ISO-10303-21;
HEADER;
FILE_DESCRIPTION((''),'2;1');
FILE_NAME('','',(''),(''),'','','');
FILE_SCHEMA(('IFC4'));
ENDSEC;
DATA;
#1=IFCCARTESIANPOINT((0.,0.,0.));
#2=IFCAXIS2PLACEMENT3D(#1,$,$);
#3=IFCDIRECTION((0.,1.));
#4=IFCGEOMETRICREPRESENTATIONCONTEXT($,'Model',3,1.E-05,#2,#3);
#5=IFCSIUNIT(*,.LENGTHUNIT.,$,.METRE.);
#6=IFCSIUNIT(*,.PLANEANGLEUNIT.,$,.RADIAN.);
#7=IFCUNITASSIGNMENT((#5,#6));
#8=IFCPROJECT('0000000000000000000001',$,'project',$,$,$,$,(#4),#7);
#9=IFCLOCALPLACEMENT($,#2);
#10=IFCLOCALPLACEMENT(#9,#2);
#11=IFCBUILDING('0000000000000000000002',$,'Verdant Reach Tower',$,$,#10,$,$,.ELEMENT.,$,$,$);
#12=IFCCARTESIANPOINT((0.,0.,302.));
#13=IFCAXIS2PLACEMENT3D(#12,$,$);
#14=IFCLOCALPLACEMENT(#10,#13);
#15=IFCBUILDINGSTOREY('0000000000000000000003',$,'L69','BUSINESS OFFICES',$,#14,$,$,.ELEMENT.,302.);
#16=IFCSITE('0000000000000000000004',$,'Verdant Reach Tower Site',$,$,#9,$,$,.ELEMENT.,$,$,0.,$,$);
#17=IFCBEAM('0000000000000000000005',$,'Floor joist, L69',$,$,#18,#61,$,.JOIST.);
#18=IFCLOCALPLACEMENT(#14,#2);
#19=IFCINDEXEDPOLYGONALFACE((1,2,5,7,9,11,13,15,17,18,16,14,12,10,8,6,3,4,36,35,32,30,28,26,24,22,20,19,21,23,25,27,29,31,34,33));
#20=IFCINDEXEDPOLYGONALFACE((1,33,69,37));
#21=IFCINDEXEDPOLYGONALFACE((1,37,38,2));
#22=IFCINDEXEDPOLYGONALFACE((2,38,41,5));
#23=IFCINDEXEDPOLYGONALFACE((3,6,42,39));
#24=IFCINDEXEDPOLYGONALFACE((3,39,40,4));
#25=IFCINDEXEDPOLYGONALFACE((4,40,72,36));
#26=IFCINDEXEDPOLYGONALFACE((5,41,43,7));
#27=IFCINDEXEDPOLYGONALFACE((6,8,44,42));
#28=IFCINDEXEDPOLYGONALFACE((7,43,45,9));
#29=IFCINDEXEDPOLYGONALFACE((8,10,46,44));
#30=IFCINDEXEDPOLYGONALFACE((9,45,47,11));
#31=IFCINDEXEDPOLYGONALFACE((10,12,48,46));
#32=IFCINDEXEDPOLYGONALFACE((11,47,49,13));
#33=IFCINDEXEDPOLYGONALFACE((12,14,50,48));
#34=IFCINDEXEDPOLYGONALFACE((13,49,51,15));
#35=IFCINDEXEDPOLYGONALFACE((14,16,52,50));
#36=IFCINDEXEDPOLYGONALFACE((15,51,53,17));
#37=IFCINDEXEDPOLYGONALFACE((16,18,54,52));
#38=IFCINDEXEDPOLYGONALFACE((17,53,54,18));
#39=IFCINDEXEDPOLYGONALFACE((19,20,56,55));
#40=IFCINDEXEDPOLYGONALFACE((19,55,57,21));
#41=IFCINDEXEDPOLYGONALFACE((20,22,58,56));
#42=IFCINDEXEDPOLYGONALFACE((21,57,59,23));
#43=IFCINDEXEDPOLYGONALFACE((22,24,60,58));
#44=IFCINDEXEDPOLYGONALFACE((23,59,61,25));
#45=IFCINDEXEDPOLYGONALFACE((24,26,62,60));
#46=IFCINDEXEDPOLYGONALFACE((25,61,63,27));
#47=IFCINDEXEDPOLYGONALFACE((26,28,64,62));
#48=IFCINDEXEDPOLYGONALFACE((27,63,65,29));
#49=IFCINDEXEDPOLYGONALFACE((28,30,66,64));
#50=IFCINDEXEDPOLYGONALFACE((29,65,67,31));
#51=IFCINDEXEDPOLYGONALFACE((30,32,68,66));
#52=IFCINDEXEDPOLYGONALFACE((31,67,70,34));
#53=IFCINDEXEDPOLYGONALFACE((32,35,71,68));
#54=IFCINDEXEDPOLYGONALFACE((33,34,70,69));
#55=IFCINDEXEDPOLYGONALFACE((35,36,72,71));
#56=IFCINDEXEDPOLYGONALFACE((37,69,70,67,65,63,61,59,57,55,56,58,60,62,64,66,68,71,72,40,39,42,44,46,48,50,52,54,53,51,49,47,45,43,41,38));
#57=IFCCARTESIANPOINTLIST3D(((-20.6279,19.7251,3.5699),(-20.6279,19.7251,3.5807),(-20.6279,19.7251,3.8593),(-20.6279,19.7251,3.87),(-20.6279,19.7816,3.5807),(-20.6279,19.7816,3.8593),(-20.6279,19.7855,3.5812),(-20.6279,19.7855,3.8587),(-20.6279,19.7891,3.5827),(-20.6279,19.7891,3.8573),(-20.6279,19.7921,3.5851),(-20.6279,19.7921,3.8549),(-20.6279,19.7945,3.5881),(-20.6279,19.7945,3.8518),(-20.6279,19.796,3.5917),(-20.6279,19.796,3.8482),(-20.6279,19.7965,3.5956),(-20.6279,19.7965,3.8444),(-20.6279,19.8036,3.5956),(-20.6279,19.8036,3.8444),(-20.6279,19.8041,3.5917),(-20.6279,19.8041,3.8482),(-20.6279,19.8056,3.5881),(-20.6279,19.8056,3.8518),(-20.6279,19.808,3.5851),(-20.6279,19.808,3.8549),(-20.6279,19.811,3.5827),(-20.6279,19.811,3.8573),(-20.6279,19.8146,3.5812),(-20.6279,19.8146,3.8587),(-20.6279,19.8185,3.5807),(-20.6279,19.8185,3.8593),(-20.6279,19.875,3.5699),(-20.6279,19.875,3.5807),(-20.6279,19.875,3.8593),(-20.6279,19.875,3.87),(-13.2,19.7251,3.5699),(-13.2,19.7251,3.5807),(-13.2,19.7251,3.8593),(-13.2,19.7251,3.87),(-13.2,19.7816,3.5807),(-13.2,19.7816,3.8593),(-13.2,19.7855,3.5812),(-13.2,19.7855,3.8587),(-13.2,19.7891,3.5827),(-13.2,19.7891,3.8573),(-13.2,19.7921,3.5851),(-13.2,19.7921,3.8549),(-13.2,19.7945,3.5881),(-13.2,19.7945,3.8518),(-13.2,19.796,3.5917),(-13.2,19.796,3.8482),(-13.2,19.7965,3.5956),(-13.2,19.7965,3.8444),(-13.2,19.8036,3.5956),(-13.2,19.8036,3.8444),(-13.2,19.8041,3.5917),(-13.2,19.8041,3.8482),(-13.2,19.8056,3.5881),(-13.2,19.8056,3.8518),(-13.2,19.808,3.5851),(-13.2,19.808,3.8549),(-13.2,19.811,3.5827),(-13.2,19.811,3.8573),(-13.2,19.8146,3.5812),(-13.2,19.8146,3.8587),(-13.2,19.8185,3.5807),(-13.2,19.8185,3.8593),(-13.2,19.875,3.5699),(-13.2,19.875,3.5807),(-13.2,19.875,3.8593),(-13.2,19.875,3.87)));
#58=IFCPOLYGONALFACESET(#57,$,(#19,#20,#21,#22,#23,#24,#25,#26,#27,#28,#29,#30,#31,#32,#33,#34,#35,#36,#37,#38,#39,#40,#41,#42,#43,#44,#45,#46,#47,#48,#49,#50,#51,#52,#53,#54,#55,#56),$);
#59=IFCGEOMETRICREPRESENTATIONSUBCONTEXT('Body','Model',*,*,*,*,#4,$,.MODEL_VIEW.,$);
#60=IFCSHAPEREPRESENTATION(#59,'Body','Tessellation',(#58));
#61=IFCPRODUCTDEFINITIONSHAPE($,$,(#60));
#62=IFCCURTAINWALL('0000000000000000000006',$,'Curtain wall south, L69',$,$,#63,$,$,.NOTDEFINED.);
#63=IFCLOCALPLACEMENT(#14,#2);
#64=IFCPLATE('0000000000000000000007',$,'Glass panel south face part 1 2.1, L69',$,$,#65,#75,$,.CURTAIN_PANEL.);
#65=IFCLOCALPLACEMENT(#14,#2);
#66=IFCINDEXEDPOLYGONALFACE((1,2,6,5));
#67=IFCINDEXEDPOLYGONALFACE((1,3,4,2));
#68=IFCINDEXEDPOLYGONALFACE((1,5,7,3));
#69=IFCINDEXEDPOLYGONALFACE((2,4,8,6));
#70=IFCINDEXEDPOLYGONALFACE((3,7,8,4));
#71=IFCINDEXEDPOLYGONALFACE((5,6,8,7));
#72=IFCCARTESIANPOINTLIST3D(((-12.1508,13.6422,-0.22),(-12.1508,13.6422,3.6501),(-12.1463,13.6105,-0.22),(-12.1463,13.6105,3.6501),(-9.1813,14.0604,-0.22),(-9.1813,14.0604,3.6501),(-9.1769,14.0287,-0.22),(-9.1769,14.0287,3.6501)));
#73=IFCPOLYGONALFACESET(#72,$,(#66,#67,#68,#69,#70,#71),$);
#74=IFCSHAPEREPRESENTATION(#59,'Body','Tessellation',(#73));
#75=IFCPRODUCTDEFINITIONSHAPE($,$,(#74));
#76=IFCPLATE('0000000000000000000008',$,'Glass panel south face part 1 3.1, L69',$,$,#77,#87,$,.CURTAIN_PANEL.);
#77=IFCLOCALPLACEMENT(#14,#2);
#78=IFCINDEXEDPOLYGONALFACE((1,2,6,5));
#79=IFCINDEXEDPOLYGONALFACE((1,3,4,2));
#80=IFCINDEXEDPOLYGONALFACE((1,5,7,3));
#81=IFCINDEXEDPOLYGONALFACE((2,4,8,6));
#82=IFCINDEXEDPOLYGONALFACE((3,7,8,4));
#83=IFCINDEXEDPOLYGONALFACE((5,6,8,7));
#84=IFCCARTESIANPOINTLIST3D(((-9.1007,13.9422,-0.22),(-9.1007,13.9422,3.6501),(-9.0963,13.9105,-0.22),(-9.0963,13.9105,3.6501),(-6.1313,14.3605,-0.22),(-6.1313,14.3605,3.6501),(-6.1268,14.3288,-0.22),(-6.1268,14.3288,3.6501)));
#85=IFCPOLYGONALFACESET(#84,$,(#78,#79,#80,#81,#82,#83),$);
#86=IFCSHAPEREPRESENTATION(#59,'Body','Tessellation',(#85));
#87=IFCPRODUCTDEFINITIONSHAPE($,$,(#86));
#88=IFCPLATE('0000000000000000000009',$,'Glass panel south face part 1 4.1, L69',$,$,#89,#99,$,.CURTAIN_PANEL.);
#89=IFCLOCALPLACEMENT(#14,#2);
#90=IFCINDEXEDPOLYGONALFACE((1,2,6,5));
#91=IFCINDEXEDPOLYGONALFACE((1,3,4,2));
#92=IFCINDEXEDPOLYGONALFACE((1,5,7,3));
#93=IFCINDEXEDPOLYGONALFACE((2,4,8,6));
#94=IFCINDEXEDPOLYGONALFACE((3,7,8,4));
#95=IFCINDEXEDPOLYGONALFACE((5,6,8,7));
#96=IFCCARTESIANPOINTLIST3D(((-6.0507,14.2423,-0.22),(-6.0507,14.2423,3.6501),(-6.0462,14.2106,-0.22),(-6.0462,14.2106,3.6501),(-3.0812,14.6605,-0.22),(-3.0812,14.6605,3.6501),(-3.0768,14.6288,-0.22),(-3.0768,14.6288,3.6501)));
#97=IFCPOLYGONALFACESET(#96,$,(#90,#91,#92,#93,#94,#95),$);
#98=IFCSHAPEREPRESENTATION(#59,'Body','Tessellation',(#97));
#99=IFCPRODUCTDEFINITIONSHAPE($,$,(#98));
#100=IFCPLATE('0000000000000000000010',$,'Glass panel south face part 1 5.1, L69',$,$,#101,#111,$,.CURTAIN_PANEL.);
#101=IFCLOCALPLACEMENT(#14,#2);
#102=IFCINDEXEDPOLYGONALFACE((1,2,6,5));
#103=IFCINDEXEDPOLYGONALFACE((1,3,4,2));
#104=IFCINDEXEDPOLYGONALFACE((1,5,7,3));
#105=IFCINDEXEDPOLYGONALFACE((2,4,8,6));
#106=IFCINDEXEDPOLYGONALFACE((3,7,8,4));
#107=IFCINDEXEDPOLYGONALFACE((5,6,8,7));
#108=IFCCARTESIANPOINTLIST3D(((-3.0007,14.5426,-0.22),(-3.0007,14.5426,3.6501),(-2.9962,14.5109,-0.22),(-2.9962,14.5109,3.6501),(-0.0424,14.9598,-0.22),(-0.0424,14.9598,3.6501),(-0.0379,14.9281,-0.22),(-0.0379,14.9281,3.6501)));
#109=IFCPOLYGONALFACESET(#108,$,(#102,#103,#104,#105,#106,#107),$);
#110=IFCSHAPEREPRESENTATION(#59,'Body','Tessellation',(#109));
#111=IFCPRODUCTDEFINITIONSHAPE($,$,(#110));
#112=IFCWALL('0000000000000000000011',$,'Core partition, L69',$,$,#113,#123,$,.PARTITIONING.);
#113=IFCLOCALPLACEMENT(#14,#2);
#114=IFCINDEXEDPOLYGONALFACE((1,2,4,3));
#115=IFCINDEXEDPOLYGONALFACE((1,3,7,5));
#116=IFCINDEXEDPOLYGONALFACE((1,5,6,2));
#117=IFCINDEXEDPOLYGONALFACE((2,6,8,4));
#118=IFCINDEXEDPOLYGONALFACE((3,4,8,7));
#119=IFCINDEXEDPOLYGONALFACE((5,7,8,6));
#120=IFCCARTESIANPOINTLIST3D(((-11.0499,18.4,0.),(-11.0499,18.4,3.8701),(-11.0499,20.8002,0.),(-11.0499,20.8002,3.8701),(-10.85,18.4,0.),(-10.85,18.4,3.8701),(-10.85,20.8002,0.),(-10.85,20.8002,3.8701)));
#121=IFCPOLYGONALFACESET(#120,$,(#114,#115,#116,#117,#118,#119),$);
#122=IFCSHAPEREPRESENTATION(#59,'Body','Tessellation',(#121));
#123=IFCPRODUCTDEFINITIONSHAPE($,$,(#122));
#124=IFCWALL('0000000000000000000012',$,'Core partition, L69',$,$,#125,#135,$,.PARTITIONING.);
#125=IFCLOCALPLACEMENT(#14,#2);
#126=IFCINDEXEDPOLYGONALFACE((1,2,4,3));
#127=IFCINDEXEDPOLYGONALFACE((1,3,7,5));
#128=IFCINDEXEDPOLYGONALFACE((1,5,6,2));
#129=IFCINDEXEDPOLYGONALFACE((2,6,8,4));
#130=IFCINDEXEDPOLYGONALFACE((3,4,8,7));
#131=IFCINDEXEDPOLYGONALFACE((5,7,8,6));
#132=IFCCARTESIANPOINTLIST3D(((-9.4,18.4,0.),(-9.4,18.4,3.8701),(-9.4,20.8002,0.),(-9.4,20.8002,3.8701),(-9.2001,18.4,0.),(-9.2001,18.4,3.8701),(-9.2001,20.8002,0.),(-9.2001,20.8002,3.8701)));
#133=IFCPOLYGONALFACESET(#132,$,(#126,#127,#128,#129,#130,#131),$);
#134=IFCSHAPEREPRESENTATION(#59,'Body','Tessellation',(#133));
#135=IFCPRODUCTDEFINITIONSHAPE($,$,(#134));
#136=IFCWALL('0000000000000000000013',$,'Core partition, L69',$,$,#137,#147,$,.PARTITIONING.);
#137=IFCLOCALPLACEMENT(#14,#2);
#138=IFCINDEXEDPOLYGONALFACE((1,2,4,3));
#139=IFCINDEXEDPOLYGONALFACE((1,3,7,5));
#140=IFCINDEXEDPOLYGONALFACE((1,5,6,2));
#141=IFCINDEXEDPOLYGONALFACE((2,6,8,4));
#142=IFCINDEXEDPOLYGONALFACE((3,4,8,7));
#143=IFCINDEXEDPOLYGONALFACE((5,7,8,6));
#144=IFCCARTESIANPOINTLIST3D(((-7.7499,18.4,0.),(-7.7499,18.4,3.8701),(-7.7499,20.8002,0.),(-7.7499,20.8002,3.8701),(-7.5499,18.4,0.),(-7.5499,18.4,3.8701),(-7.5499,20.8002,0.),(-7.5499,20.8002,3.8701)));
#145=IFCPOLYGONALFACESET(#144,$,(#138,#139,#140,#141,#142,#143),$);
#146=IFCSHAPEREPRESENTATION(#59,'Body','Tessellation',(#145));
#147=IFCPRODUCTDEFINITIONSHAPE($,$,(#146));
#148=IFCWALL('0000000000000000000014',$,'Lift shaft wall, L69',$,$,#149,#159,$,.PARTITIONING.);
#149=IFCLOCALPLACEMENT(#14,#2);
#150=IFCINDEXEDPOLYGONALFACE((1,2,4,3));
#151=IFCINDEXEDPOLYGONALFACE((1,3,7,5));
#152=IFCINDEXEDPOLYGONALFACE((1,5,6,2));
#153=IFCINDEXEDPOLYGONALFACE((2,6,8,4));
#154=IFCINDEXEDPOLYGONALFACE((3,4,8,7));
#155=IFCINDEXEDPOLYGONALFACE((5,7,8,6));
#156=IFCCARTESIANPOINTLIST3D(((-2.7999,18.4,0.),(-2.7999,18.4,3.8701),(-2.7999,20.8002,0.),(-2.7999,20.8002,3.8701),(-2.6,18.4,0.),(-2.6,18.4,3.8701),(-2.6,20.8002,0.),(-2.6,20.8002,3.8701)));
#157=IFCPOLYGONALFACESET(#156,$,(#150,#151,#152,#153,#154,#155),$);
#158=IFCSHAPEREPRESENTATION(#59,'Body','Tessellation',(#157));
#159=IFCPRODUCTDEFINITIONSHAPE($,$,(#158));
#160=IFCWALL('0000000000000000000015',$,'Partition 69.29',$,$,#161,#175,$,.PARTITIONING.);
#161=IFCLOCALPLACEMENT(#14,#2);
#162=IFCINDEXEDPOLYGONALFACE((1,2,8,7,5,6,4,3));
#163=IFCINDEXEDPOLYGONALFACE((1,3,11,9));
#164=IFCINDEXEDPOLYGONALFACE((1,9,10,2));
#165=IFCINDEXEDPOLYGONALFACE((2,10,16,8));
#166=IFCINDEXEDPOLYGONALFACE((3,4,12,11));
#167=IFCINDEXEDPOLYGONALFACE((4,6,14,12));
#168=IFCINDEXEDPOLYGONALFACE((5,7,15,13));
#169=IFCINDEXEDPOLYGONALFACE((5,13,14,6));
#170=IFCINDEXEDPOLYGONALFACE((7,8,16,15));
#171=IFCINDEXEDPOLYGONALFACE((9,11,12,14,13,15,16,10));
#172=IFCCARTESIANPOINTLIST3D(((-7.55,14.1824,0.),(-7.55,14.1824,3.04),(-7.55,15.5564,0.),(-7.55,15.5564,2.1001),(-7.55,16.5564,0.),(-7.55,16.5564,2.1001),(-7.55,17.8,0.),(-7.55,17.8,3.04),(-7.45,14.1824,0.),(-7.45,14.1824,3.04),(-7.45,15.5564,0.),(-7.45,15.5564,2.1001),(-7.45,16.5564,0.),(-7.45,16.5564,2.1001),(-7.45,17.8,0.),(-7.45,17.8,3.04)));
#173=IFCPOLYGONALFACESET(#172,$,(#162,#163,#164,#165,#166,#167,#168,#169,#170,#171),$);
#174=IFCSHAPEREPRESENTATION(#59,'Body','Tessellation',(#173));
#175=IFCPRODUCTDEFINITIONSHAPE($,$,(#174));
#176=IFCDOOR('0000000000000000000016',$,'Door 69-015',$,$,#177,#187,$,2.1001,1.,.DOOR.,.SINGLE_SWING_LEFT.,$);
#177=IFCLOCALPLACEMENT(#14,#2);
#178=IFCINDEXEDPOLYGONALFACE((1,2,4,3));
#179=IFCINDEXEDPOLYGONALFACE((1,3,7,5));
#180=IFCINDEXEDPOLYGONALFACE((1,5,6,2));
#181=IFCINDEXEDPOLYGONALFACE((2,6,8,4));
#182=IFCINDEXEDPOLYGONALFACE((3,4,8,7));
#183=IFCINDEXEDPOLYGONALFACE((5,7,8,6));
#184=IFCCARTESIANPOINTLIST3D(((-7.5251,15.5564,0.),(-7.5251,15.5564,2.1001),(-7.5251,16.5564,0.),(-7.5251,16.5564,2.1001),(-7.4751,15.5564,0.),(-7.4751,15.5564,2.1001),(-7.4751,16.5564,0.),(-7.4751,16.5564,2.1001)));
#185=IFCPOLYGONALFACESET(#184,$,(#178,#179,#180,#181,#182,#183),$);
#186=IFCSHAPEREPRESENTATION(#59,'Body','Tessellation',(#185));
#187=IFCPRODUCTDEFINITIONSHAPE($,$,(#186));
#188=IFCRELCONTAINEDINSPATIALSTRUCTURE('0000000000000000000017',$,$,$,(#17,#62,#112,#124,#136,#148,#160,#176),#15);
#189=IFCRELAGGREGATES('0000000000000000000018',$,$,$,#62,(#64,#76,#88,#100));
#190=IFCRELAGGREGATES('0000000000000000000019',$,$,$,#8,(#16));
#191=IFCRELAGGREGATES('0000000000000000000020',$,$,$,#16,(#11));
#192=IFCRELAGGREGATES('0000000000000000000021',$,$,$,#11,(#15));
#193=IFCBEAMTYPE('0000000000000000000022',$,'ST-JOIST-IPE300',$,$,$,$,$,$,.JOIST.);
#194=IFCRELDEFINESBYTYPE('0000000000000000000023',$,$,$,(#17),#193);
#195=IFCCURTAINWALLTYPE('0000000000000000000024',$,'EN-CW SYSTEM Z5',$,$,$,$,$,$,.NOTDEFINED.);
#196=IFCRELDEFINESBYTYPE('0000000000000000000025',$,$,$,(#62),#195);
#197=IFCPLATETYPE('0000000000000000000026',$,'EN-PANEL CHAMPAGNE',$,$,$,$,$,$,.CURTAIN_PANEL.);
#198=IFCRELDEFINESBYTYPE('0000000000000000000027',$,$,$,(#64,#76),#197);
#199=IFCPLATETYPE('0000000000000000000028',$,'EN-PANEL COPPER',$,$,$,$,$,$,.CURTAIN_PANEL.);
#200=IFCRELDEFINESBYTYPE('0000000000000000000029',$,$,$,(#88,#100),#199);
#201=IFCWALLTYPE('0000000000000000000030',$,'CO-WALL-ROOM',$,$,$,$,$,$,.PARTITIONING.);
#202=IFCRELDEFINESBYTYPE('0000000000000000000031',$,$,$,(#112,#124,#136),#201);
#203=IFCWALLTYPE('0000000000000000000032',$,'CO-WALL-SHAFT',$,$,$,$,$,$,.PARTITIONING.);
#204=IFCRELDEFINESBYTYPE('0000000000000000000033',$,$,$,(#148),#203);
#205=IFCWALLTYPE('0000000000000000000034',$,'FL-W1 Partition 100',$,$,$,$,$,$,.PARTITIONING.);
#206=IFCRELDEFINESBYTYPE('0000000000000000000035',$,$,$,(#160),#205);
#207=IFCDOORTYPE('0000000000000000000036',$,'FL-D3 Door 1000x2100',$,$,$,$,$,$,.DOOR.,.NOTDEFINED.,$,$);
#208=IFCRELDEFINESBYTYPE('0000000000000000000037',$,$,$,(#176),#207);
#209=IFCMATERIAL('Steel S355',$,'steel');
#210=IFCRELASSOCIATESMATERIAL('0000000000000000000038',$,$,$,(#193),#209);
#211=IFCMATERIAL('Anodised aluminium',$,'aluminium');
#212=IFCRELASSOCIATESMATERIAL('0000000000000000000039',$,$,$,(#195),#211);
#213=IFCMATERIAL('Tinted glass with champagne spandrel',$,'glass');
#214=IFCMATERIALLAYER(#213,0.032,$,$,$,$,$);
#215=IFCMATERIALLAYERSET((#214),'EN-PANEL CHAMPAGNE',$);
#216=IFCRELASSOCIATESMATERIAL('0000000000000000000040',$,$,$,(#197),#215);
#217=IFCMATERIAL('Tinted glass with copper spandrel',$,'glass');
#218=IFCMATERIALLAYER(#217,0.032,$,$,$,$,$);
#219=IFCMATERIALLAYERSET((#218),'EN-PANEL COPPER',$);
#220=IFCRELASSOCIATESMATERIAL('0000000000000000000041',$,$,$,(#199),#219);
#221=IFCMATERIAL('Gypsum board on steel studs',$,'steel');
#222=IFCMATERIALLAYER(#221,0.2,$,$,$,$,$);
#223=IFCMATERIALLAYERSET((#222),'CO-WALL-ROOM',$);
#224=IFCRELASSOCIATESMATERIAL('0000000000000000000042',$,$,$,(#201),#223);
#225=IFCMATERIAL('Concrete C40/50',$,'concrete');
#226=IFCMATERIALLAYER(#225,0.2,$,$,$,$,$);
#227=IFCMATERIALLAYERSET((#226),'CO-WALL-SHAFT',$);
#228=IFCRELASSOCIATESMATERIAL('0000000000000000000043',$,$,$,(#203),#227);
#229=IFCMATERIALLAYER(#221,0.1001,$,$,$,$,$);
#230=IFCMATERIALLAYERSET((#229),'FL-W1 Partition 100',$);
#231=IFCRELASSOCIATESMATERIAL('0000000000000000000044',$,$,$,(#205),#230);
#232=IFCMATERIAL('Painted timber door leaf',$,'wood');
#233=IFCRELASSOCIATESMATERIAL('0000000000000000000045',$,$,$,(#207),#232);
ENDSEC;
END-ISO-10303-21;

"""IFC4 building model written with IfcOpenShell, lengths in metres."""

from ifc_helpers import new_model, si_unit, direction, frame, frame_2d, origin, origin_2d, place, context, subcontext, project, spatial, rectangle, i_section, extrude, material, layer, layer_set, material_profile, profile_set, type_object, element, fill, aggregate, save


model = new_model("IFC4")

# Units and contexts
model_context = context("Model", 3, precision=1e-05, world=origin(), true_north=direction((0.0, 1.0)))
body_context = subcontext(model_context, "Body", "Model", "MODEL_VIEW")
ifc_project = project(units=[si_unit("LENGTHUNIT", "METRE"), si_unit("PLANEANGLEUNIT", "RADIAN")], contexts=[model_context])

# Site, building, storey
site_placement = place(None, origin())
site = spatial("IfcSite", under=ifc_project, at=site_placement, Name="Verdant Reach Tower Site", CompositionType="ELEMENT", RefElevation=0.0)
building_placement = place(site_placement, origin())
building = spatial("IfcBuilding", under=site, at=building_placement, Name="Verdant Reach Tower", CompositionType="ELEMENT")
storey_placement = place(building_placement, frame((0.0, 0.0, 302.0)))
storey = spatial("IfcBuildingStorey", under=building, at=storey_placement, Name="L69", Description="BUSINESS OFFICES", CompositionType="ELEMENT", Elevation=302.0)

# Beam
ifc_material_1 = material(Name="Steel S355", Category="steel")
ifc_material_profile_1 = material_profile(ifc_material_1, i_section(OverallWidth=0.1499, OverallDepth=0.3, WebThickness=0.0071, FlangeThickness=0.0107, FilletRadius=0.0149, at=origin_2d()), Name="IPE 300")
ifc_profile_set_1 = profile_set([ifc_material_profile_1], Name="Steel S355")
beam_type = type_object("IfcBeamType", Name="ST-JOIST-IPE300", PredefinedType="JOIST", material=ifc_profile_set_1)
beam_1_placement = place(storey_placement, frame((-13.2, 19.8, 3.72), z_axis=(-1.0, 0.0, 0.0), x_axis=(0.0, -1.0, 0.0)))
element("IfcBeam", 1, at=beam_1_placement, inside=storey, type_object=beam_type, Name="Floor joist, L69", PredefinedType="JOIST", context=body_context, shape_type="SweptSolid", body=[
    extrude(i_section(OverallWidth=0.1499, OverallDepth=0.3, WebThickness=0.0071, FlangeThickness=0.0107, FilletRadius=0.0149, at=origin_2d()), origin(), (0.0, 0.0, 1.0), 7.428),
])

# Curtain wall, plates
ifc_material_2 = material(Name="Anodised aluminium", Category="aluminium")
curtain_wall_type = type_object("IfcCurtainWallType", Name="EN-CW SYSTEM Z5", PredefinedType="NOTDEFINED", material=ifc_material_2)
curtain_wall_placement = place(storey_placement, origin())
curtain_wall = element("IfcCurtainWall", 2, at=curtain_wall_placement, inside=storey, type_object=curtain_wall_type, Name="Curtain wall south, L69", PredefinedType="NOTDEFINED")
ifc_material_3 = material(Name="Tinted glass with champagne spandrel", Category="glass")
ifc_layer_1 = layer(ifc_material_3, 0.032)
ifc_layer_set_1 = layer_set([ifc_layer_1], Name="EN-PANEL CHAMPAGNE")
plate_type_1 = type_object("IfcPlateType", Name="EN-PANEL CHAMPAGNE", PredefinedType="CURTAIN_PANEL", material=ifc_layer_set_1)
plate_1_placement = place(storey_placement, frame((-10.6638, 13.8354, -0.22), z_axis=(0.0, 0.0, 1.0), x_axis=(0.990225, 0.139477, 0.0)))
plate_1 = element("IfcPlate", 3, at=plate_1_placement, type_object=plate_type_1, Name="Glass panel south face part 1 2.1, L69", PredefinedType="CURTAIN_PANEL", context=body_context, shape_type="SweptSolid", body=[
    extrude(rectangle(XDim=2.9988, YDim=0.032, at=origin_2d()), origin(), (0.0, 0.0, 1.0), 3.8701),
])
plate_2_placement = place(storey_placement, frame((-7.6138, 14.1355, -0.22), z_axis=(0.0, 0.0, 1.0), x_axis=(0.990225, 0.139477, 0.0)))
plate_2 = element("IfcPlate", 4, at=plate_2_placement, type_object=plate_type_1, Name="Glass panel south face part 1 3.1, L69", PredefinedType="CURTAIN_PANEL", context=body_context, shape_type="SweptSolid", body=[
    extrude(rectangle(XDim=2.9988, YDim=0.032, at=origin_2d()), origin(), (0.0, 0.0, 1.0), 3.8701),
])
ifc_material_4 = material(Name="Tinted glass with copper spandrel", Category="glass")
ifc_layer_2 = layer(ifc_material_4, 0.032)
ifc_layer_set_2 = layer_set([ifc_layer_2], Name="EN-PANEL COPPER")
plate_type_2 = type_object("IfcPlateType", Name="EN-PANEL COPPER", PredefinedType="CURTAIN_PANEL", material=ifc_layer_set_2)
plate_3_placement = place(storey_placement, frame((-4.5637, 14.4355, -0.22), z_axis=(0.0, 0.0, 1.0), x_axis=(0.990225, 0.139477, 0.0)))
plate_3 = element("IfcPlate", 5, at=plate_3_placement, type_object=plate_type_2, Name="Glass panel south face part 1 4.1, L69", PredefinedType="CURTAIN_PANEL", context=body_context, shape_type="SweptSolid", body=[
    extrude(rectangle(XDim=2.9988, YDim=0.032, at=origin_2d()), origin(), (0.0, 0.0, 1.0), 3.8701),
])
plate_4_placement = place(storey_placement, frame((-1.5193, 14.7354, -0.22), z_axis=(0.0, 0.0, 1.0), x_axis=(0.9902, 0.139656, 0.0)))
plate_4 = element("IfcPlate", 6, at=plate_4_placement, type_object=plate_type_2, Name="Glass panel south face part 1 5.1, L69", PredefinedType="CURTAIN_PANEL", context=body_context, shape_type="SweptSolid", body=[
    extrude(rectangle(XDim=2.9875, YDim=0.032, at=origin_2d()), origin(), (0.0, 0.0, 1.0), 3.8701),
])
aggregate(curtain_wall, [plate_1, plate_2, plate_3, plate_4])

# Walls
ifc_material_5 = material(Name="Gypsum board on steel studs", Category="steel")
ifc_layer_3 = layer(ifc_material_5, 0.2)
ifc_layer_set_3 = layer_set([ifc_layer_3], Name="CO-WALL-ROOM")
wall_type_1 = type_object("IfcWallType", Name="CO-WALL-ROOM", PredefinedType="PARTITIONING", material=ifc_layer_set_3)
for number, where, z_axis, x_axis, name in (
    (7, (-10.95, 18.3999, 0.0), (0.0, 0.0, 1.0), (0.0, 1.0, 0.0), "Core partition, L69"),
    (8, (-9.3, 18.3999, 0.0), (0.0, 0.0, 1.0), (0.0, 1.0, 0.0), "Core partition, L69"),
    (9, (-7.6499, 18.3999, 0.0), (0.0, 0.0, 1.0), (0.0, 1.0, 0.0), "Core partition, L69"),
):
    element("IfcWall", number, at=place(storey_placement, frame(where, z_axis=z_axis, x_axis=x_axis)), inside=storey, type_object=wall_type_1, Name=name, PredefinedType="PARTITIONING", context=body_context, shape_type="SweptSolid", body=[
        extrude(rectangle(XDim=2.4001, YDim=0.2, at=frame_2d((1.2002, 0.0))), origin(), (0.0, 0.0, 1.0), 3.8701),
    ])
ifc_material_6 = material(Name="Concrete C40/50", Category="concrete")
ifc_layer_4 = layer(ifc_material_6, 0.2)
ifc_layer_set_4 = layer_set([ifc_layer_4], Name="CO-WALL-SHAFT")
wall_type_2 = type_object("IfcWallType", Name="CO-WALL-SHAFT", PredefinedType="PARTITIONING", material=ifc_layer_set_4)
wall_1_placement = place(storey_placement, frame((-2.7, 18.3999, 0.0), z_axis=(0.0, 0.0, 1.0), x_axis=(0.0, 1.0, 0.0)))
element("IfcWall", 10, at=wall_1_placement, inside=storey, type_object=wall_type_2, Name="Lift shaft wall, L69", PredefinedType="PARTITIONING", context=body_context, shape_type="SweptSolid", body=[
    extrude(rectangle(XDim=2.4001, YDim=0.2, at=frame_2d((1.2002, 0.0))), origin(), (0.0, 0.0, 1.0), 3.8701),
])

# Wall, opening, door
ifc_layer_5 = layer(ifc_material_5, 0.1001)
ifc_layer_set_5 = layer_set([ifc_layer_5], Name="FL-W1 Partition 100")
wall_type_3 = type_object("IfcWallType", Name="FL-W1 Partition 100", PredefinedType="PARTITIONING", material=ifc_layer_set_5)
wall_2_placement = place(storey_placement, frame((-7.5, 17.8, 0.0), z_axis=(0.0, 0.0, 1.0), x_axis=(0.0, -1.0, 0.0)))
wall_2 = element("IfcWall", 11, at=wall_2_placement, inside=storey, type_object=wall_type_3, Name="Partition 69.29", PredefinedType="PARTITIONING", context=body_context, shape_type="SweptSolid", body=[
    extrude(rectangle(XDim=3.6177, YDim=0.1001, at=frame_2d((1.8088, 0.0))), origin(), (0.0, 0.0, 1.0), 3.04),
])
opening_1_placement = place(wall_2_placement, frame((1.2437, 0.0, 0.0)))
opening_1 = element("IfcOpeningElement", 12, at=opening_1_placement, cuts=wall_2, PredefinedType="OPENING", context=body_context, shape_type="SweptSolid", body=[
    extrude(rectangle(XDim=1.0, YDim=2.1001, at=frame_2d((0.5, 1.05))), frame((0.0, 0.0601, 0.0), z_axis=(0.0, -1.0, 0.0), x_axis=(1.0, 0.0, 0.0)), (0.0, 0.0, 1.0), 0.1201),
])
ifc_material_7 = material(Name="Painted timber door leaf", Category="wood")
door_type_1 = type_object("IfcDoorType", Name="FL-D3 Door 1000x2100", OperationType="NOTDEFINED", PredefinedType="DOOR", material=ifc_material_7)
door_1_placement = place(opening_1_placement, origin())
door_1 = element("IfcDoor", 13, at=door_1_placement, inside=storey, type_object=door_type_1, Name="Door 69-015", OperationType="SINGLE_SWING_LEFT", OverallHeight=2.1001, OverallWidth=1.0, PredefinedType="DOOR", context=body_context, shape_type="SweptSolid", body=[
    extrude(rectangle(XDim=1.0, YDim=2.1001, at=frame_2d((0.5, 1.05))), frame((0.0, 0.0249, 0.0), z_axis=(0.0, -1.0, 0.0), x_axis=(1.0, 0.0, 0.0)), (0.0, 0.0, 1.0), 0.05),
])
fill(opening_1, door_1)

save(model, "model.ifc")
